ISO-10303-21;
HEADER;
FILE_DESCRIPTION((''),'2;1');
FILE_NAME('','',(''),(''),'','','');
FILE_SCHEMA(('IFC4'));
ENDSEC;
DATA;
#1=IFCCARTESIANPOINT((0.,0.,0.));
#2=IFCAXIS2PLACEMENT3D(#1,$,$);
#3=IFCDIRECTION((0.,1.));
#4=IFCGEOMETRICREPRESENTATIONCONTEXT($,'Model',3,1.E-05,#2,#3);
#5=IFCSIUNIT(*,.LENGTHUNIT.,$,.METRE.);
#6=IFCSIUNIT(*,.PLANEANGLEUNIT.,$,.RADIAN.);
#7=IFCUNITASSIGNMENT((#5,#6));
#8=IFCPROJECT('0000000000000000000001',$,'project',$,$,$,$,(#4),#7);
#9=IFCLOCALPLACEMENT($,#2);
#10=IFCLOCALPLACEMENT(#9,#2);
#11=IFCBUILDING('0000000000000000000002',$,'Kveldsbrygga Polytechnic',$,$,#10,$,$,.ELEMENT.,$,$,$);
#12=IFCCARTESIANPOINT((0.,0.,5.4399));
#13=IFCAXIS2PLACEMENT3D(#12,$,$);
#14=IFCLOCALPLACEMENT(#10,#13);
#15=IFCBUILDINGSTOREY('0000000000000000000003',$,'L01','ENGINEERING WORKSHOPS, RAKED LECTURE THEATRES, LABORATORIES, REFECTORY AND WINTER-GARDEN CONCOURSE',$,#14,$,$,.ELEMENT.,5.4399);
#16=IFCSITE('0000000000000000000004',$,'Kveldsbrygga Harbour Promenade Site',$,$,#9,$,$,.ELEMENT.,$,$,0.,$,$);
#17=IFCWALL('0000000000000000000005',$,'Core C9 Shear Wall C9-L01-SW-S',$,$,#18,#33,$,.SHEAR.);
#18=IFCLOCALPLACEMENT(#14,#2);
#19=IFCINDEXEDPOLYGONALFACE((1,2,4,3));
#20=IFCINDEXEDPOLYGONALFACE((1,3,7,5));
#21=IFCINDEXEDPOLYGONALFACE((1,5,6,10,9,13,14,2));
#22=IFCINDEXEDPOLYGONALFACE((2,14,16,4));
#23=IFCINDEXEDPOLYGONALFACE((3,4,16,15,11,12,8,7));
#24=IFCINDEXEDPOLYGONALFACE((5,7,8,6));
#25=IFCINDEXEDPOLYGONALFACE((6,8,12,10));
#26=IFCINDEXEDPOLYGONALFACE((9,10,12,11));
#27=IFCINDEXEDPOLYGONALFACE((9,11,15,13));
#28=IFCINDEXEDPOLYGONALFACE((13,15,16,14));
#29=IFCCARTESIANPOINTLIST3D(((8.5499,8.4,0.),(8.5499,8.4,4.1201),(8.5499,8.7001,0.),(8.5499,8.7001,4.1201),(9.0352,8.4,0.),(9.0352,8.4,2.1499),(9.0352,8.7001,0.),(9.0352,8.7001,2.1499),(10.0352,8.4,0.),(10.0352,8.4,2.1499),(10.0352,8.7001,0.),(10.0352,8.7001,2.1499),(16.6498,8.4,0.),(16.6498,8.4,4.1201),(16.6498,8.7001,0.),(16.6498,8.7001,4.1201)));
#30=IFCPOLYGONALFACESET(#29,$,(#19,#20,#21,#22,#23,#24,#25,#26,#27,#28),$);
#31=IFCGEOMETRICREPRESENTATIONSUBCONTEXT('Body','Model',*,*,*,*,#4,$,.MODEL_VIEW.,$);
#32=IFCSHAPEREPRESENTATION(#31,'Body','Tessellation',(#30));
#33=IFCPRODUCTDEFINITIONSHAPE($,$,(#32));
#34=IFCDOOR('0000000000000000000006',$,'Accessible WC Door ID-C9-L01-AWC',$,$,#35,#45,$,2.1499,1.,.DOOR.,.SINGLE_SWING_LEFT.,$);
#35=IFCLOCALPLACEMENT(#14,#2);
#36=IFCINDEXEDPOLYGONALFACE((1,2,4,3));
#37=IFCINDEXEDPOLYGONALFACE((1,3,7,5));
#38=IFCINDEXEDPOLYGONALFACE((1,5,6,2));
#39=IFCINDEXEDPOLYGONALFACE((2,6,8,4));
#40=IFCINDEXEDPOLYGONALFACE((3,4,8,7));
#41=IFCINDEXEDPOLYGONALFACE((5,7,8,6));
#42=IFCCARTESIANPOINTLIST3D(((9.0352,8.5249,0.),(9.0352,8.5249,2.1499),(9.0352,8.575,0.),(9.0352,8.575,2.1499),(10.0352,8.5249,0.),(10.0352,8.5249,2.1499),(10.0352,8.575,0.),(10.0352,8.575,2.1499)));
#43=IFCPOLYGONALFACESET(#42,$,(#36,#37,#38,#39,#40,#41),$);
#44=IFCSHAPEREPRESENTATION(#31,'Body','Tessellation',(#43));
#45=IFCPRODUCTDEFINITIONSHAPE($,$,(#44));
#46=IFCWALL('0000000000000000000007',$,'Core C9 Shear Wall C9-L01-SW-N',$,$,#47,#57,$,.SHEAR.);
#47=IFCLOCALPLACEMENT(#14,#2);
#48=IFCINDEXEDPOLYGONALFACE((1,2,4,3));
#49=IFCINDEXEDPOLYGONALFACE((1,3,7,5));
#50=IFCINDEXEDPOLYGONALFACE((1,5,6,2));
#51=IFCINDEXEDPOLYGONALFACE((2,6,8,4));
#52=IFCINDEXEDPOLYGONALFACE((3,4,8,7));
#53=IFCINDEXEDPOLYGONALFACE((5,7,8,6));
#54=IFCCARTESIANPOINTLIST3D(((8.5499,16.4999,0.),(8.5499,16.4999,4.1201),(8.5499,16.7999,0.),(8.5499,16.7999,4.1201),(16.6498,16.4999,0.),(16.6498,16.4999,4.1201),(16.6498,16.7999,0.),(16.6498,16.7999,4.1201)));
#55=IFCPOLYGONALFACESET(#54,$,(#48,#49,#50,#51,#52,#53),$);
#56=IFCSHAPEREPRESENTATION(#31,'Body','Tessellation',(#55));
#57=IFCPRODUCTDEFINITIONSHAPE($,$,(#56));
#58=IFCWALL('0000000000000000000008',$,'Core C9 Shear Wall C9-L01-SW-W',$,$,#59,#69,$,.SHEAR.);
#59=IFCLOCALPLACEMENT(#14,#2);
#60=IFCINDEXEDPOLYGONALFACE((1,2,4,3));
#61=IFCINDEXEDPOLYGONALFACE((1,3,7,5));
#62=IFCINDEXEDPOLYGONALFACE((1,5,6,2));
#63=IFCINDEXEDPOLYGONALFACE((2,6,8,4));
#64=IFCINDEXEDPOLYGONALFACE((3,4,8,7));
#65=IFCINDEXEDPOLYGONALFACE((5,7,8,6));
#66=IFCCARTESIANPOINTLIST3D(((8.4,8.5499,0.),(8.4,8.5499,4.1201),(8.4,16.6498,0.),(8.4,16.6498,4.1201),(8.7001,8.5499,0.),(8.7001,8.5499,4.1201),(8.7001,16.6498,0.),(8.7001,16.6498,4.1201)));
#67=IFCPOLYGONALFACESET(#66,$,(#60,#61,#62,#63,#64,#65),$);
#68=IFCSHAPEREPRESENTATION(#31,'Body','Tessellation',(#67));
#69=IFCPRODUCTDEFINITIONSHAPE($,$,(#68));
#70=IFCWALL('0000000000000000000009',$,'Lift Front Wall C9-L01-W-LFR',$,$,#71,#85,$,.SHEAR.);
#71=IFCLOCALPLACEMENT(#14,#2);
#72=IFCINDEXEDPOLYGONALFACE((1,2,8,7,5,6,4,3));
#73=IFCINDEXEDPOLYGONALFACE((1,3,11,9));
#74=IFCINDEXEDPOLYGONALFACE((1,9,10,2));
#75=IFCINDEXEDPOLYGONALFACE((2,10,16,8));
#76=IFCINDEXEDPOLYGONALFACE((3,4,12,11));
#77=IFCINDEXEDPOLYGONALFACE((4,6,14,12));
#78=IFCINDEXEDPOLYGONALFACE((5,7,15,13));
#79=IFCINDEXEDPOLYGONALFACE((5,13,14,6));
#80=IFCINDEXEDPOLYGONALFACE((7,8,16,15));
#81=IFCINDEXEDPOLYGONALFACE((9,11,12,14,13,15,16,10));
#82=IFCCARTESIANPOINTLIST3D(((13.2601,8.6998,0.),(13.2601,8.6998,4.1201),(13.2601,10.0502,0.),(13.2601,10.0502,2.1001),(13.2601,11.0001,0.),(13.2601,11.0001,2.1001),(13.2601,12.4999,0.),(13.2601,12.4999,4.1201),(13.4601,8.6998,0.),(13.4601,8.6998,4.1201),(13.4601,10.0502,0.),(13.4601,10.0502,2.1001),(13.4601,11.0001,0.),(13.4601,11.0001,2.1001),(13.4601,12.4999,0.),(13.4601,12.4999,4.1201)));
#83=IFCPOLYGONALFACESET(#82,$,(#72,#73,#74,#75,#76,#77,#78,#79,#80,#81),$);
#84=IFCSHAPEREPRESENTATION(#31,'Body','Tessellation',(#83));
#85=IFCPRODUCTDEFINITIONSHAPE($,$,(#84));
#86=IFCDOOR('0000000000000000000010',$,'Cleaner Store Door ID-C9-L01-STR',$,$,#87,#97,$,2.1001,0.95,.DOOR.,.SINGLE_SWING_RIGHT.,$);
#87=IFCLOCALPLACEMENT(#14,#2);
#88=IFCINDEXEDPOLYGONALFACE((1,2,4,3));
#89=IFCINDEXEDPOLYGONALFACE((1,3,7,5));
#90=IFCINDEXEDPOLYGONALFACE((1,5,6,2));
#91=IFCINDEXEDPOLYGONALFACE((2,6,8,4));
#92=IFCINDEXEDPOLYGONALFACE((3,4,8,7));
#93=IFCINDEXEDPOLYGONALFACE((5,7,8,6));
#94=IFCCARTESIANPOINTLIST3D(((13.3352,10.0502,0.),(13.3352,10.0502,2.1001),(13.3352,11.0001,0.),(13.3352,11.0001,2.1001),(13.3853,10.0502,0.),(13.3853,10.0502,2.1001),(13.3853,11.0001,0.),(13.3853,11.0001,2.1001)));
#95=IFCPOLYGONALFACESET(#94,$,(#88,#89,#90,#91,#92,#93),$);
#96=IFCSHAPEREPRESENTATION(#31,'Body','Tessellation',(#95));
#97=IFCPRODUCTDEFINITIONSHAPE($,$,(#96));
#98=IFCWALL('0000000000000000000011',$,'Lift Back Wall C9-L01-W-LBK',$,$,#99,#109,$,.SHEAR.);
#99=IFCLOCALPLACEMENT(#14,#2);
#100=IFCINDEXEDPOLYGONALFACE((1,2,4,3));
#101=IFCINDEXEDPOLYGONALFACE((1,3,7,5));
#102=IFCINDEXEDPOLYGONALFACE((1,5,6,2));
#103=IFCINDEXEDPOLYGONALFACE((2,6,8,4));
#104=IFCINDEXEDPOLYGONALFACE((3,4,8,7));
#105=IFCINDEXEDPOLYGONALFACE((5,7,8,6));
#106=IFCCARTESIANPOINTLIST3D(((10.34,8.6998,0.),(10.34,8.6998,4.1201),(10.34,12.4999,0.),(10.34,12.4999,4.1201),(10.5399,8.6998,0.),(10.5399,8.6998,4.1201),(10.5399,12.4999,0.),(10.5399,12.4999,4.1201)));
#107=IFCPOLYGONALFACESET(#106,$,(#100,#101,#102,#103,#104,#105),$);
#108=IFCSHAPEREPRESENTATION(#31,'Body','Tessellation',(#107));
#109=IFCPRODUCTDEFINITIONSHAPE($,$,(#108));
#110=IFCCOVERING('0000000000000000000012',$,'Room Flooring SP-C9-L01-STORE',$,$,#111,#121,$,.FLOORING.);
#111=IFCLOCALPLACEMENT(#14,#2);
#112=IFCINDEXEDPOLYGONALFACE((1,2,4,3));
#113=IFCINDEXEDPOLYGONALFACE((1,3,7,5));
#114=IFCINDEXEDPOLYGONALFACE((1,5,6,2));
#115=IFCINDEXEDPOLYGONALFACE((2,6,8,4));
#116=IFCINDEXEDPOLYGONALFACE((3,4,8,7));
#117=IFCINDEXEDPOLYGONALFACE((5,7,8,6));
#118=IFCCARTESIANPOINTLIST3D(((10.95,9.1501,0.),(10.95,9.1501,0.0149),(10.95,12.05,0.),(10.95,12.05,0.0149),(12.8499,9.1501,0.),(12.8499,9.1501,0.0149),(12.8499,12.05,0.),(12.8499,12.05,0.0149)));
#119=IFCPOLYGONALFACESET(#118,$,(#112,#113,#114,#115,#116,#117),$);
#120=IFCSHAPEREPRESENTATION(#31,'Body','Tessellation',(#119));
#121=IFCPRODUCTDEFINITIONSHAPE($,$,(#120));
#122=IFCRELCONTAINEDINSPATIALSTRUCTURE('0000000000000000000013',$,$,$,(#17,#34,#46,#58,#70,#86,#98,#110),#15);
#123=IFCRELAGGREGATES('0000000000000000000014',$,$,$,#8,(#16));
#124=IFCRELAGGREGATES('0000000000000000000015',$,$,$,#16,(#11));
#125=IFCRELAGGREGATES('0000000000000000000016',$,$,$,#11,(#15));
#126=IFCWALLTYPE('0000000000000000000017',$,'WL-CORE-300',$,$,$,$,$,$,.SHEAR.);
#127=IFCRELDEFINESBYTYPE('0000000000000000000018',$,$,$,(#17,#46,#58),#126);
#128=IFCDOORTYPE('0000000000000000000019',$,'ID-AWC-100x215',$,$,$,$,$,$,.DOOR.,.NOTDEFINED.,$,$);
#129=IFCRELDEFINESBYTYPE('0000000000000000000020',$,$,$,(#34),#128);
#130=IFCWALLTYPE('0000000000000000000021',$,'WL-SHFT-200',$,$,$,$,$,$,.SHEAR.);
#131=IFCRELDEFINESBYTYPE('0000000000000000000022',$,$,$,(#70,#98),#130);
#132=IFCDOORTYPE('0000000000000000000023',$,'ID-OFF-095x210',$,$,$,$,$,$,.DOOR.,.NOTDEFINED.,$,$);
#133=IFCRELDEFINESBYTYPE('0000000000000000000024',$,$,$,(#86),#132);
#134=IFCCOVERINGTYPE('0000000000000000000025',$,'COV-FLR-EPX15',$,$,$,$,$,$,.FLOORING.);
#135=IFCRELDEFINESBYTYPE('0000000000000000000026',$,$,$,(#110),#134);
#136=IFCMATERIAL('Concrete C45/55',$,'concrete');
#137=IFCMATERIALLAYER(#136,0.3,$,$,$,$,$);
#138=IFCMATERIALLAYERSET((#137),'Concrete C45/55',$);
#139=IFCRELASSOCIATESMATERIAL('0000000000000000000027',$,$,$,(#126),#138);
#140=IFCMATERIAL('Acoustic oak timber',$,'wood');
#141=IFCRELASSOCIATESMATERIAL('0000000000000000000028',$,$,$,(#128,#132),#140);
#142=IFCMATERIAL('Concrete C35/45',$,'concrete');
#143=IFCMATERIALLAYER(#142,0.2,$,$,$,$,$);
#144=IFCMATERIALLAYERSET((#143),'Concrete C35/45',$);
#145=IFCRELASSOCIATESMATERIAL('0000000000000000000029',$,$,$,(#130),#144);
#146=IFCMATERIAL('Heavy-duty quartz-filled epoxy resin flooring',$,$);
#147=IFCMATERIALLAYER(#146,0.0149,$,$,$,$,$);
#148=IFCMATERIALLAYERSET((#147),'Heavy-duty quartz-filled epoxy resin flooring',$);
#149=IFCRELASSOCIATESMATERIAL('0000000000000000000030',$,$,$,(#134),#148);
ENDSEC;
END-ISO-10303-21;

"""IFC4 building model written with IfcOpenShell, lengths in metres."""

from ifc_helpers import new_model, si_unit, direction, frame, frame_2d, origin, origin_2d, place, context, subcontext, project, spatial, rectangle, extrude, material, layer, layer_set, type_object, element, fill, save


model = new_model("IFC4")

# Units and contexts
model_context = context("Model", 3, precision=1e-05, world=origin(), true_north=direction((0.0, 1.0)))
body_context = subcontext(model_context, "Body", "Model", "MODEL_VIEW")
ifc_project = project(units=[si_unit("LENGTHUNIT", "METRE"), si_unit("PLANEANGLEUNIT", "RADIAN")], contexts=[model_context])

# Site, building, storey
site_placement = place(None, origin())
site = spatial("IfcSite", under=ifc_project, at=site_placement, Name="Kveldsbrygga Harbour Promenade Site", CompositionType="ELEMENT", RefElevation=0.0)
building_placement = place(site_placement, origin())
building = spatial("IfcBuilding", under=site, at=building_placement, Name="Kveldsbrygga Polytechnic", CompositionType="ELEMENT")
storey_placement = place(building_placement, frame((0.0, 0.0, 5.4399)))
storey = spatial("IfcBuildingStorey", under=building, at=storey_placement, Name="L01", Description="ENGINEERING WORKSHOPS, RAKED LECTURE THEATRES, LABORATORIES, REFECTORY AND WINTER-GARDEN CONCOURSE", CompositionType="ELEMENT", Elevation=5.4399)

# Wall, opening, door
ifc_material_1 = material(Name="Concrete C45/55", Category="concrete")
ifc_layer_1 = layer(ifc_material_1, 0.3)
ifc_layer_set_1 = layer_set([ifc_layer_1], Name="Concrete C45/55")
wall_type_1 = type_object("IfcWallType", Name="WL-CORE-300", PredefinedType="SHEAR", material=ifc_layer_set_1)
wall_1_placement = place(storey_placement, frame((8.55, 8.55, 0.0), z_axis=(0.0, 0.0, 1.0), x_axis=(1.0, 0.0, 0.0)))
wall_1 = element("IfcWall", 1, at=wall_1_placement, inside=storey, type_object=wall_type_1, Name="Core C9 Shear Wall C9-L01-SW-S", PredefinedType="SHEAR", context=body_context, shape_type="SweptSolid", body=[
    extrude(rectangle(XDim=8.0999, YDim=0.3, at=frame_2d((4.0498, 0.0))), origin(), (0.0, 0.0, 1.0), 4.1201),
])
opening_1_placement = place(wall_1_placement, frame((0.4851, 0.0, 0.0)))
opening_1 = element("IfcOpeningElement", 2, at=opening_1_placement, cuts=wall_1, PredefinedType="OPENING", context=body_context, shape_type="SweptSolid", body=[
    extrude(rectangle(XDim=1.0, YDim=2.1499, at=frame_2d((0.5, 1.075))), frame((0.0, 0.1602, 0.0), z_axis=(0.0, -1.0, 0.0), x_axis=(1.0, 0.0, 0.0)), (0.0, 0.0, 1.0), 0.3201),
])
ifc_material_2 = material(Name="Acoustic oak timber", Category="wood")
door_type_1 = type_object("IfcDoorType", Name="ID-AWC-100x215", OperationType="NOTDEFINED", PredefinedType="DOOR", material=ifc_material_2)
door_1_placement = place(opening_1_placement, origin())
door_1 = element("IfcDoor", 3, at=door_1_placement, inside=storey, type_object=door_type_1, Name="Accessible WC Door ID-C9-L01-AWC", OperationType="SINGLE_SWING_LEFT", OverallHeight=2.1499, OverallWidth=1.0, PredefinedType="DOOR", context=body_context, shape_type="SweptSolid", body=[
    extrude(rectangle(XDim=1.0, YDim=2.1499, at=frame_2d((0.5, 1.075))), frame((0.0, 0.0249, 0.0), z_axis=(0.0, -1.0, 0.0), x_axis=(1.0, 0.0, 0.0)), (0.0, 0.0, 1.0), 0.05),
])
fill(opening_1, door_1)

# Walls
for number, where, z_axis, x_axis, name in (
    (4, (8.55, 16.6499, 0.0), (0.0, 0.0, 1.0), (1.0, 0.0, 0.0), "Core C9 Shear Wall C9-L01-SW-N"),
    (5, (8.55, 8.55, 0.0), (0.0, 0.0, 1.0), (0.0, 1.0, 0.0), "Core C9 Shear Wall C9-L01-SW-W"),
):
    element("IfcWall", number, at=place(storey_placement, frame(where, z_axis=z_axis, x_axis=x_axis)), inside=storey, type_object=wall_type_1, Name=name, PredefinedType="SHEAR", context=body_context, shape_type="SweptSolid", body=[
        extrude(rectangle(XDim=8.0999, YDim=0.3, at=frame_2d((4.0498, 0.0))), origin(), (0.0, 0.0, 1.0), 4.1201),
    ])

# Wall, opening, door
ifc_material_3 = material(Name="Concrete C35/45", Category="concrete")
ifc_layer_2 = layer(ifc_material_3, 0.2)
ifc_layer_set_2 = layer_set([ifc_layer_2], Name="Concrete C35/45")
wall_type_2 = type_object("IfcWallType", Name="WL-SHFT-200", PredefinedType="SHEAR", material=ifc_layer_set_2)
wall_2_placement = place(storey_placement, frame((13.3601, 8.7, 0.0), z_axis=(0.0, 0.0, 1.0), x_axis=(0.0, 1.0, 0.0)))
wall_2 = element("IfcWall", 6, at=wall_2_placement, inside=storey, type_object=wall_type_2, Name="Lift Front Wall C9-L01-W-LFR", PredefinedType="SHEAR", context=body_context, shape_type="SweptSolid", body=[
    extrude(rectangle(XDim=3.8, YDim=0.2, at=frame_2d((1.8999, 0.0))), origin(), (0.0, 0.0, 1.0), 4.1201),
])
opening_2_placement = place(wall_2_placement, frame((1.3501, 0.0, 0.0)))
opening_2 = element("IfcOpeningElement", 7, at=opening_2_placement, cuts=wall_2, PredefinedType="OPENING", context=body_context, shape_type="SweptSolid", body=[
    extrude(rectangle(XDim=0.95, YDim=2.1001, at=frame_2d((0.4751, 1.05))), frame((0.0, 0.1099, 0.0), z_axis=(0.0, -1.0, 0.0), x_axis=(1.0, 0.0, 0.0)), (0.0, 0.0, 1.0), 0.22),
])
door_type_2 = type_object("IfcDoorType", Name="ID-OFF-095x210", OperationType="NOTDEFINED", PredefinedType="DOOR", material=ifc_material_2)
door_2_placement = place(opening_2_placement, origin())
door_2 = element("IfcDoor", 8, at=door_2_placement, inside=storey, type_object=door_type_2, Name="Cleaner Store Door ID-C9-L01-STR", OperationType="SINGLE_SWING_RIGHT", OverallHeight=2.1001, OverallWidth=0.95, PredefinedType="DOOR", context=body_context, shape_type="SweptSolid", body=[
    extrude(rectangle(XDim=0.95, YDim=2.1001, at=frame_2d((0.4751, 1.05))), frame((0.0, 0.0249, 0.0), z_axis=(0.0, -1.0, 0.0), x_axis=(1.0, 0.0, 0.0)), (0.0, 0.0, 1.0), 0.05),
])
fill(opening_2, door_2)

# Wall
wall_3_placement = place(storey_placement, frame((10.4399, 8.7, 0.0), z_axis=(0.0, 0.0, 1.0), x_axis=(0.0, 1.0, 0.0)))
element("IfcWall", 9, at=wall_3_placement, inside=storey, type_object=wall_type_2, Name="Lift Back Wall C9-L01-W-LBK", PredefinedType="SHEAR", context=body_context, shape_type="SweptSolid", body=[
    extrude(rectangle(XDim=3.8, YDim=0.2, at=frame_2d((1.8999, 0.0))), origin(), (0.0, 0.0, 1.0), 4.1201),
])

# Covering
ifc_material_4 = material(Name="Heavy-duty quartz-filled epoxy resin flooring")
ifc_layer_3 = layer(ifc_material_4, 0.0149)
ifc_layer_set_3 = layer_set([ifc_layer_3], Name="Heavy-duty quartz-filled epoxy resin flooring")
covering_type = type_object("IfcCoveringType", Name="COV-FLR-EPX15", PredefinedType="FLOORING", material=ifc_layer_set_3)
covering_placement = place(storey_placement, frame((11.8999, 10.6001, 0.0), z_axis=(0.0, 0.0, 1.0), x_axis=(1.0, 0.0, 0.0)))
element("IfcCovering", 10, at=covering_placement, inside=storey, type_object=covering_type, Name="Room Flooring SP-C9-L01-STORE", PredefinedType="FLOORING", context=body_context, shape_type="SweptSolid", body=[
    extrude(rectangle(XDim=1.8999, YDim=2.8999, at=origin_2d()), origin(), (0.0, 0.0, 1.0), 0.0149),
])

save(model, "model.ifc")
